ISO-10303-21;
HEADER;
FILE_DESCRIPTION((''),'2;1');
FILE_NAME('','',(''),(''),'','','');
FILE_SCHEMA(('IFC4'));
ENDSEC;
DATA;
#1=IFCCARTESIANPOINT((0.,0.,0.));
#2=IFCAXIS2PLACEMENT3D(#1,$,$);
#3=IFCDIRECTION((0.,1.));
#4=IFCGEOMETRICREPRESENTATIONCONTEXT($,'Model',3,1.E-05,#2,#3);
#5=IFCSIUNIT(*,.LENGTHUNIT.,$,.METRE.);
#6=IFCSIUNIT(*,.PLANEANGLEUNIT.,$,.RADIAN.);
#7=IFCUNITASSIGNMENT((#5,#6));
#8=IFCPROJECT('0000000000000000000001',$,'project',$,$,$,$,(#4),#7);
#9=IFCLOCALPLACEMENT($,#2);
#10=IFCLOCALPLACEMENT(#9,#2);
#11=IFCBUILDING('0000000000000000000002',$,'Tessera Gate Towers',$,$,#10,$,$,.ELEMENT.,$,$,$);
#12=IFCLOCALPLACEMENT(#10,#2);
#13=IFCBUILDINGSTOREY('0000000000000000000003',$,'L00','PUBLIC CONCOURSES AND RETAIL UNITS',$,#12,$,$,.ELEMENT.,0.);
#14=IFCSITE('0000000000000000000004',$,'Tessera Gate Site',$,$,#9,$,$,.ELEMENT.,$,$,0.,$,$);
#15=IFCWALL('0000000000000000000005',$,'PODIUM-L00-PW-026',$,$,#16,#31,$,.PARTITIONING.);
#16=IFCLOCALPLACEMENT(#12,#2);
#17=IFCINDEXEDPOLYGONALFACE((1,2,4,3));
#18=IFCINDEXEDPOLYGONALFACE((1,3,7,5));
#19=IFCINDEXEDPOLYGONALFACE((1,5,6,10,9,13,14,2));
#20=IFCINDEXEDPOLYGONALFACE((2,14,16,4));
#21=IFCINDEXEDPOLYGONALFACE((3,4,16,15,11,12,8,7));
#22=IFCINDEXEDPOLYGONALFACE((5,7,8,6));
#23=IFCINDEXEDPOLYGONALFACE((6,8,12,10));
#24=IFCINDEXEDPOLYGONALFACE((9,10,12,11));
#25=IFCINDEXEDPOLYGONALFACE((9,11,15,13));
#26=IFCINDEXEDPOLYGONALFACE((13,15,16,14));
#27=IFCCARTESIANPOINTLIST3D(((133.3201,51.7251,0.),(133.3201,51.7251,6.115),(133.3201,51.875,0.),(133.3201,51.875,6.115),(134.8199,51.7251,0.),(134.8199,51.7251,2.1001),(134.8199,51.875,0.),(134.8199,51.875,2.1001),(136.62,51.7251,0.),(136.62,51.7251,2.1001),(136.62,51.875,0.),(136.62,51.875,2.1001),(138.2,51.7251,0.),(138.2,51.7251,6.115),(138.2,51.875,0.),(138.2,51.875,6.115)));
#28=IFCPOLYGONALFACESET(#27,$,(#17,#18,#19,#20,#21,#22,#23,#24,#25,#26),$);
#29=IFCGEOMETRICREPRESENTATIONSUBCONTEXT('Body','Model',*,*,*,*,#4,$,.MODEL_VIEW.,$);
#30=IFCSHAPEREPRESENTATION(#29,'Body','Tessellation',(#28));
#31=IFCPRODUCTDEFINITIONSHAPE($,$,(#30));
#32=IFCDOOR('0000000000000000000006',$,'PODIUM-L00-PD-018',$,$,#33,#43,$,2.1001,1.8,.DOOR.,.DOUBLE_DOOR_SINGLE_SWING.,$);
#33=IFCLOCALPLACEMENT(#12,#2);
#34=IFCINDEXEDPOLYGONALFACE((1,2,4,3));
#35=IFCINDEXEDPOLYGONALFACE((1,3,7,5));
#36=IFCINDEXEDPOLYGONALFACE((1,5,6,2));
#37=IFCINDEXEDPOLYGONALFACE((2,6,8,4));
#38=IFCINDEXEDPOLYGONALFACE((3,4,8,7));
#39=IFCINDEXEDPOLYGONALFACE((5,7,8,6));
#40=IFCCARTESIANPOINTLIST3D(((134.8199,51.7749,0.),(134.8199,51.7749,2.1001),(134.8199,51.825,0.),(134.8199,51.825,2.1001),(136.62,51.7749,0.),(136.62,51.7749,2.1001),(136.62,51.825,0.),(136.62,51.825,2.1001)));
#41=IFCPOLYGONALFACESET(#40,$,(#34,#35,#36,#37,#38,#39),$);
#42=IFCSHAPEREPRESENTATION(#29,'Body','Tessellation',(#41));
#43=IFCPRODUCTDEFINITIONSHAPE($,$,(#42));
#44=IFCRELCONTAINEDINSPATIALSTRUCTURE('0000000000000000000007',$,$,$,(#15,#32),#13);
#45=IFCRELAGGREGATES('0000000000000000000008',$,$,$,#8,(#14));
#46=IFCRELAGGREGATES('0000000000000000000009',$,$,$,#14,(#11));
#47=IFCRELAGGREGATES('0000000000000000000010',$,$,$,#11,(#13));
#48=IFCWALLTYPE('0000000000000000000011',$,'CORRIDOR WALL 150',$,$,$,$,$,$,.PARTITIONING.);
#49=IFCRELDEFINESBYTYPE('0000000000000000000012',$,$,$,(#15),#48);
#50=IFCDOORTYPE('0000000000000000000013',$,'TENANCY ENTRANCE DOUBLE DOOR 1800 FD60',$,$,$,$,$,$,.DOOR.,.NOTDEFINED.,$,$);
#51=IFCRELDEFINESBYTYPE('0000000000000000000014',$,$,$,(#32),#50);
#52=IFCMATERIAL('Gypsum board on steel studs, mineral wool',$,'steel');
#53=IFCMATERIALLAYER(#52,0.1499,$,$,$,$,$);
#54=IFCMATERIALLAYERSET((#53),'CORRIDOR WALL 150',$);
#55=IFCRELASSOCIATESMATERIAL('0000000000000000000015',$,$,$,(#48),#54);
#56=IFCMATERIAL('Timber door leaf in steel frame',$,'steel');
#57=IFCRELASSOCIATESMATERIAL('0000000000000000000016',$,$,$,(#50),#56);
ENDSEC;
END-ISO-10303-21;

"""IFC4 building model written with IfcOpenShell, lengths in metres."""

from ifc_helpers import new_model, si_unit, direction, frame, frame_2d, origin, place, context, subcontext, project, spatial, rectangle, extrude, source, transform, mapped, material, layer, layer_set, type_object, element, fill, save


model = new_model("IFC4")

# Units and contexts
model_context = context("Model", 3, precision=1e-05, world=origin(), true_north=direction((0.0, 1.0)))
body_context = subcontext(model_context, "Body", "Model", "MODEL_VIEW")
ifc_project = project(units=[si_unit("LENGTHUNIT", "METRE"), si_unit("PLANEANGLEUNIT", "RADIAN")], contexts=[model_context])

# Site, building, storey
site_placement = place(None, origin())
site = spatial("IfcSite", under=ifc_project, at=site_placement, Name="Tessera Gate Site", CompositionType="ELEMENT", RefElevation=0.0)
building_placement = place(site_placement, origin())
building = spatial("IfcBuilding", under=site, at=building_placement, Name="Tessera Gate Towers", CompositionType="ELEMENT")
storey_placement = place(building_placement, origin())
storey = spatial("IfcBuildingStorey", under=building, at=storey_placement, Name="L00", Description="PUBLIC CONCOURSES AND RETAIL UNITS", CompositionType="ELEMENT", Elevation=0.0)

# Wall, opening, door
ifc_material_1 = material(Name="Gypsum board on steel studs, mineral wool", Category="steel")
ifc_layer_1 = layer(ifc_material_1, 0.1499)
ifc_layer_set_1 = layer_set([ifc_layer_1], Name="CORRIDOR WALL 150")
wall_type = type_object("IfcWallType", Name="CORRIDOR WALL 150", PredefinedType="PARTITIONING", material=ifc_layer_set_1)
wall_placement = place(storey_placement, frame((133.3201, 51.8, 0.0), z_axis=(0.0, 0.0, 1.0), x_axis=(1.0, 0.0, 0.0)))
wall = element("IfcWall", 1, at=wall_placement, inside=storey, type_object=wall_type, Name="PODIUM-L00-PW-026", PredefinedType="PARTITIONING", context=body_context, shape_type="SweptSolid", body=[
    extrude(rectangle(XDim=4.8799, YDim=0.1499, at=frame_2d((2.4399, 0.0))), origin(), (0.0, 0.0, 1.0), 6.115),
])
shared_shape_1 = source(origin(), body_context, "Body", "SweptSolid", [
    extrude(rectangle(XDim=1.8, YDim=2.1001, at=frame_2d((0.8999, 1.05))), frame((0.0, 0.085, 0.0), z_axis=(0.0, -1.0, 0.0), x_axis=(1.0, 0.0, 0.0)), (0.0, 0.0, 1.0), 0.1699),
])
opening_placement = place(wall_placement, frame((1.5, 0.0, 0.0)))
opening = element("IfcOpeningElement", 2, at=opening_placement, cuts=wall, PredefinedType="OPENING", context=body_context, shape_type="MappedRepresentation", body=[
    mapped(shared_shape_1, transform((0.0, 0.0, 0.0), scale=1.0)),
])
ifc_material_2 = material(Name="Timber door leaf in steel frame", Category="steel")
door_type = type_object("IfcDoorType", Name="TENANCY ENTRANCE DOUBLE DOOR 1800 FD60", OperationType="NOTDEFINED", PredefinedType="DOOR", material=ifc_material_2)
shared_shape_2 = source(origin(), body_context, "Body", "SweptSolid", [
    extrude(rectangle(XDim=1.8, YDim=2.1001, at=frame_2d((0.8999, 1.05))), frame((0.0, 0.0249, 0.0), z_axis=(0.0, -1.0, 0.0), x_axis=(1.0, 0.0, 0.0)), (0.0, 0.0, 1.0), 0.05),
])
door_placement = place(opening_placement, origin())
door = element("IfcDoor", 3, at=door_placement, inside=storey, type_object=door_type, Name="PODIUM-L00-PD-018", OperationType="DOUBLE_DOOR_SINGLE_SWING", OverallHeight=2.1001, OverallWidth=1.8, PredefinedType="DOOR", context=body_context, shape_type="MappedRepresentation", body=[
    mapped(shared_shape_2, transform((0.0, 0.0, 0.0), scale=1.0)),
])
fill(opening, door)

save(model, "model.ifc")
